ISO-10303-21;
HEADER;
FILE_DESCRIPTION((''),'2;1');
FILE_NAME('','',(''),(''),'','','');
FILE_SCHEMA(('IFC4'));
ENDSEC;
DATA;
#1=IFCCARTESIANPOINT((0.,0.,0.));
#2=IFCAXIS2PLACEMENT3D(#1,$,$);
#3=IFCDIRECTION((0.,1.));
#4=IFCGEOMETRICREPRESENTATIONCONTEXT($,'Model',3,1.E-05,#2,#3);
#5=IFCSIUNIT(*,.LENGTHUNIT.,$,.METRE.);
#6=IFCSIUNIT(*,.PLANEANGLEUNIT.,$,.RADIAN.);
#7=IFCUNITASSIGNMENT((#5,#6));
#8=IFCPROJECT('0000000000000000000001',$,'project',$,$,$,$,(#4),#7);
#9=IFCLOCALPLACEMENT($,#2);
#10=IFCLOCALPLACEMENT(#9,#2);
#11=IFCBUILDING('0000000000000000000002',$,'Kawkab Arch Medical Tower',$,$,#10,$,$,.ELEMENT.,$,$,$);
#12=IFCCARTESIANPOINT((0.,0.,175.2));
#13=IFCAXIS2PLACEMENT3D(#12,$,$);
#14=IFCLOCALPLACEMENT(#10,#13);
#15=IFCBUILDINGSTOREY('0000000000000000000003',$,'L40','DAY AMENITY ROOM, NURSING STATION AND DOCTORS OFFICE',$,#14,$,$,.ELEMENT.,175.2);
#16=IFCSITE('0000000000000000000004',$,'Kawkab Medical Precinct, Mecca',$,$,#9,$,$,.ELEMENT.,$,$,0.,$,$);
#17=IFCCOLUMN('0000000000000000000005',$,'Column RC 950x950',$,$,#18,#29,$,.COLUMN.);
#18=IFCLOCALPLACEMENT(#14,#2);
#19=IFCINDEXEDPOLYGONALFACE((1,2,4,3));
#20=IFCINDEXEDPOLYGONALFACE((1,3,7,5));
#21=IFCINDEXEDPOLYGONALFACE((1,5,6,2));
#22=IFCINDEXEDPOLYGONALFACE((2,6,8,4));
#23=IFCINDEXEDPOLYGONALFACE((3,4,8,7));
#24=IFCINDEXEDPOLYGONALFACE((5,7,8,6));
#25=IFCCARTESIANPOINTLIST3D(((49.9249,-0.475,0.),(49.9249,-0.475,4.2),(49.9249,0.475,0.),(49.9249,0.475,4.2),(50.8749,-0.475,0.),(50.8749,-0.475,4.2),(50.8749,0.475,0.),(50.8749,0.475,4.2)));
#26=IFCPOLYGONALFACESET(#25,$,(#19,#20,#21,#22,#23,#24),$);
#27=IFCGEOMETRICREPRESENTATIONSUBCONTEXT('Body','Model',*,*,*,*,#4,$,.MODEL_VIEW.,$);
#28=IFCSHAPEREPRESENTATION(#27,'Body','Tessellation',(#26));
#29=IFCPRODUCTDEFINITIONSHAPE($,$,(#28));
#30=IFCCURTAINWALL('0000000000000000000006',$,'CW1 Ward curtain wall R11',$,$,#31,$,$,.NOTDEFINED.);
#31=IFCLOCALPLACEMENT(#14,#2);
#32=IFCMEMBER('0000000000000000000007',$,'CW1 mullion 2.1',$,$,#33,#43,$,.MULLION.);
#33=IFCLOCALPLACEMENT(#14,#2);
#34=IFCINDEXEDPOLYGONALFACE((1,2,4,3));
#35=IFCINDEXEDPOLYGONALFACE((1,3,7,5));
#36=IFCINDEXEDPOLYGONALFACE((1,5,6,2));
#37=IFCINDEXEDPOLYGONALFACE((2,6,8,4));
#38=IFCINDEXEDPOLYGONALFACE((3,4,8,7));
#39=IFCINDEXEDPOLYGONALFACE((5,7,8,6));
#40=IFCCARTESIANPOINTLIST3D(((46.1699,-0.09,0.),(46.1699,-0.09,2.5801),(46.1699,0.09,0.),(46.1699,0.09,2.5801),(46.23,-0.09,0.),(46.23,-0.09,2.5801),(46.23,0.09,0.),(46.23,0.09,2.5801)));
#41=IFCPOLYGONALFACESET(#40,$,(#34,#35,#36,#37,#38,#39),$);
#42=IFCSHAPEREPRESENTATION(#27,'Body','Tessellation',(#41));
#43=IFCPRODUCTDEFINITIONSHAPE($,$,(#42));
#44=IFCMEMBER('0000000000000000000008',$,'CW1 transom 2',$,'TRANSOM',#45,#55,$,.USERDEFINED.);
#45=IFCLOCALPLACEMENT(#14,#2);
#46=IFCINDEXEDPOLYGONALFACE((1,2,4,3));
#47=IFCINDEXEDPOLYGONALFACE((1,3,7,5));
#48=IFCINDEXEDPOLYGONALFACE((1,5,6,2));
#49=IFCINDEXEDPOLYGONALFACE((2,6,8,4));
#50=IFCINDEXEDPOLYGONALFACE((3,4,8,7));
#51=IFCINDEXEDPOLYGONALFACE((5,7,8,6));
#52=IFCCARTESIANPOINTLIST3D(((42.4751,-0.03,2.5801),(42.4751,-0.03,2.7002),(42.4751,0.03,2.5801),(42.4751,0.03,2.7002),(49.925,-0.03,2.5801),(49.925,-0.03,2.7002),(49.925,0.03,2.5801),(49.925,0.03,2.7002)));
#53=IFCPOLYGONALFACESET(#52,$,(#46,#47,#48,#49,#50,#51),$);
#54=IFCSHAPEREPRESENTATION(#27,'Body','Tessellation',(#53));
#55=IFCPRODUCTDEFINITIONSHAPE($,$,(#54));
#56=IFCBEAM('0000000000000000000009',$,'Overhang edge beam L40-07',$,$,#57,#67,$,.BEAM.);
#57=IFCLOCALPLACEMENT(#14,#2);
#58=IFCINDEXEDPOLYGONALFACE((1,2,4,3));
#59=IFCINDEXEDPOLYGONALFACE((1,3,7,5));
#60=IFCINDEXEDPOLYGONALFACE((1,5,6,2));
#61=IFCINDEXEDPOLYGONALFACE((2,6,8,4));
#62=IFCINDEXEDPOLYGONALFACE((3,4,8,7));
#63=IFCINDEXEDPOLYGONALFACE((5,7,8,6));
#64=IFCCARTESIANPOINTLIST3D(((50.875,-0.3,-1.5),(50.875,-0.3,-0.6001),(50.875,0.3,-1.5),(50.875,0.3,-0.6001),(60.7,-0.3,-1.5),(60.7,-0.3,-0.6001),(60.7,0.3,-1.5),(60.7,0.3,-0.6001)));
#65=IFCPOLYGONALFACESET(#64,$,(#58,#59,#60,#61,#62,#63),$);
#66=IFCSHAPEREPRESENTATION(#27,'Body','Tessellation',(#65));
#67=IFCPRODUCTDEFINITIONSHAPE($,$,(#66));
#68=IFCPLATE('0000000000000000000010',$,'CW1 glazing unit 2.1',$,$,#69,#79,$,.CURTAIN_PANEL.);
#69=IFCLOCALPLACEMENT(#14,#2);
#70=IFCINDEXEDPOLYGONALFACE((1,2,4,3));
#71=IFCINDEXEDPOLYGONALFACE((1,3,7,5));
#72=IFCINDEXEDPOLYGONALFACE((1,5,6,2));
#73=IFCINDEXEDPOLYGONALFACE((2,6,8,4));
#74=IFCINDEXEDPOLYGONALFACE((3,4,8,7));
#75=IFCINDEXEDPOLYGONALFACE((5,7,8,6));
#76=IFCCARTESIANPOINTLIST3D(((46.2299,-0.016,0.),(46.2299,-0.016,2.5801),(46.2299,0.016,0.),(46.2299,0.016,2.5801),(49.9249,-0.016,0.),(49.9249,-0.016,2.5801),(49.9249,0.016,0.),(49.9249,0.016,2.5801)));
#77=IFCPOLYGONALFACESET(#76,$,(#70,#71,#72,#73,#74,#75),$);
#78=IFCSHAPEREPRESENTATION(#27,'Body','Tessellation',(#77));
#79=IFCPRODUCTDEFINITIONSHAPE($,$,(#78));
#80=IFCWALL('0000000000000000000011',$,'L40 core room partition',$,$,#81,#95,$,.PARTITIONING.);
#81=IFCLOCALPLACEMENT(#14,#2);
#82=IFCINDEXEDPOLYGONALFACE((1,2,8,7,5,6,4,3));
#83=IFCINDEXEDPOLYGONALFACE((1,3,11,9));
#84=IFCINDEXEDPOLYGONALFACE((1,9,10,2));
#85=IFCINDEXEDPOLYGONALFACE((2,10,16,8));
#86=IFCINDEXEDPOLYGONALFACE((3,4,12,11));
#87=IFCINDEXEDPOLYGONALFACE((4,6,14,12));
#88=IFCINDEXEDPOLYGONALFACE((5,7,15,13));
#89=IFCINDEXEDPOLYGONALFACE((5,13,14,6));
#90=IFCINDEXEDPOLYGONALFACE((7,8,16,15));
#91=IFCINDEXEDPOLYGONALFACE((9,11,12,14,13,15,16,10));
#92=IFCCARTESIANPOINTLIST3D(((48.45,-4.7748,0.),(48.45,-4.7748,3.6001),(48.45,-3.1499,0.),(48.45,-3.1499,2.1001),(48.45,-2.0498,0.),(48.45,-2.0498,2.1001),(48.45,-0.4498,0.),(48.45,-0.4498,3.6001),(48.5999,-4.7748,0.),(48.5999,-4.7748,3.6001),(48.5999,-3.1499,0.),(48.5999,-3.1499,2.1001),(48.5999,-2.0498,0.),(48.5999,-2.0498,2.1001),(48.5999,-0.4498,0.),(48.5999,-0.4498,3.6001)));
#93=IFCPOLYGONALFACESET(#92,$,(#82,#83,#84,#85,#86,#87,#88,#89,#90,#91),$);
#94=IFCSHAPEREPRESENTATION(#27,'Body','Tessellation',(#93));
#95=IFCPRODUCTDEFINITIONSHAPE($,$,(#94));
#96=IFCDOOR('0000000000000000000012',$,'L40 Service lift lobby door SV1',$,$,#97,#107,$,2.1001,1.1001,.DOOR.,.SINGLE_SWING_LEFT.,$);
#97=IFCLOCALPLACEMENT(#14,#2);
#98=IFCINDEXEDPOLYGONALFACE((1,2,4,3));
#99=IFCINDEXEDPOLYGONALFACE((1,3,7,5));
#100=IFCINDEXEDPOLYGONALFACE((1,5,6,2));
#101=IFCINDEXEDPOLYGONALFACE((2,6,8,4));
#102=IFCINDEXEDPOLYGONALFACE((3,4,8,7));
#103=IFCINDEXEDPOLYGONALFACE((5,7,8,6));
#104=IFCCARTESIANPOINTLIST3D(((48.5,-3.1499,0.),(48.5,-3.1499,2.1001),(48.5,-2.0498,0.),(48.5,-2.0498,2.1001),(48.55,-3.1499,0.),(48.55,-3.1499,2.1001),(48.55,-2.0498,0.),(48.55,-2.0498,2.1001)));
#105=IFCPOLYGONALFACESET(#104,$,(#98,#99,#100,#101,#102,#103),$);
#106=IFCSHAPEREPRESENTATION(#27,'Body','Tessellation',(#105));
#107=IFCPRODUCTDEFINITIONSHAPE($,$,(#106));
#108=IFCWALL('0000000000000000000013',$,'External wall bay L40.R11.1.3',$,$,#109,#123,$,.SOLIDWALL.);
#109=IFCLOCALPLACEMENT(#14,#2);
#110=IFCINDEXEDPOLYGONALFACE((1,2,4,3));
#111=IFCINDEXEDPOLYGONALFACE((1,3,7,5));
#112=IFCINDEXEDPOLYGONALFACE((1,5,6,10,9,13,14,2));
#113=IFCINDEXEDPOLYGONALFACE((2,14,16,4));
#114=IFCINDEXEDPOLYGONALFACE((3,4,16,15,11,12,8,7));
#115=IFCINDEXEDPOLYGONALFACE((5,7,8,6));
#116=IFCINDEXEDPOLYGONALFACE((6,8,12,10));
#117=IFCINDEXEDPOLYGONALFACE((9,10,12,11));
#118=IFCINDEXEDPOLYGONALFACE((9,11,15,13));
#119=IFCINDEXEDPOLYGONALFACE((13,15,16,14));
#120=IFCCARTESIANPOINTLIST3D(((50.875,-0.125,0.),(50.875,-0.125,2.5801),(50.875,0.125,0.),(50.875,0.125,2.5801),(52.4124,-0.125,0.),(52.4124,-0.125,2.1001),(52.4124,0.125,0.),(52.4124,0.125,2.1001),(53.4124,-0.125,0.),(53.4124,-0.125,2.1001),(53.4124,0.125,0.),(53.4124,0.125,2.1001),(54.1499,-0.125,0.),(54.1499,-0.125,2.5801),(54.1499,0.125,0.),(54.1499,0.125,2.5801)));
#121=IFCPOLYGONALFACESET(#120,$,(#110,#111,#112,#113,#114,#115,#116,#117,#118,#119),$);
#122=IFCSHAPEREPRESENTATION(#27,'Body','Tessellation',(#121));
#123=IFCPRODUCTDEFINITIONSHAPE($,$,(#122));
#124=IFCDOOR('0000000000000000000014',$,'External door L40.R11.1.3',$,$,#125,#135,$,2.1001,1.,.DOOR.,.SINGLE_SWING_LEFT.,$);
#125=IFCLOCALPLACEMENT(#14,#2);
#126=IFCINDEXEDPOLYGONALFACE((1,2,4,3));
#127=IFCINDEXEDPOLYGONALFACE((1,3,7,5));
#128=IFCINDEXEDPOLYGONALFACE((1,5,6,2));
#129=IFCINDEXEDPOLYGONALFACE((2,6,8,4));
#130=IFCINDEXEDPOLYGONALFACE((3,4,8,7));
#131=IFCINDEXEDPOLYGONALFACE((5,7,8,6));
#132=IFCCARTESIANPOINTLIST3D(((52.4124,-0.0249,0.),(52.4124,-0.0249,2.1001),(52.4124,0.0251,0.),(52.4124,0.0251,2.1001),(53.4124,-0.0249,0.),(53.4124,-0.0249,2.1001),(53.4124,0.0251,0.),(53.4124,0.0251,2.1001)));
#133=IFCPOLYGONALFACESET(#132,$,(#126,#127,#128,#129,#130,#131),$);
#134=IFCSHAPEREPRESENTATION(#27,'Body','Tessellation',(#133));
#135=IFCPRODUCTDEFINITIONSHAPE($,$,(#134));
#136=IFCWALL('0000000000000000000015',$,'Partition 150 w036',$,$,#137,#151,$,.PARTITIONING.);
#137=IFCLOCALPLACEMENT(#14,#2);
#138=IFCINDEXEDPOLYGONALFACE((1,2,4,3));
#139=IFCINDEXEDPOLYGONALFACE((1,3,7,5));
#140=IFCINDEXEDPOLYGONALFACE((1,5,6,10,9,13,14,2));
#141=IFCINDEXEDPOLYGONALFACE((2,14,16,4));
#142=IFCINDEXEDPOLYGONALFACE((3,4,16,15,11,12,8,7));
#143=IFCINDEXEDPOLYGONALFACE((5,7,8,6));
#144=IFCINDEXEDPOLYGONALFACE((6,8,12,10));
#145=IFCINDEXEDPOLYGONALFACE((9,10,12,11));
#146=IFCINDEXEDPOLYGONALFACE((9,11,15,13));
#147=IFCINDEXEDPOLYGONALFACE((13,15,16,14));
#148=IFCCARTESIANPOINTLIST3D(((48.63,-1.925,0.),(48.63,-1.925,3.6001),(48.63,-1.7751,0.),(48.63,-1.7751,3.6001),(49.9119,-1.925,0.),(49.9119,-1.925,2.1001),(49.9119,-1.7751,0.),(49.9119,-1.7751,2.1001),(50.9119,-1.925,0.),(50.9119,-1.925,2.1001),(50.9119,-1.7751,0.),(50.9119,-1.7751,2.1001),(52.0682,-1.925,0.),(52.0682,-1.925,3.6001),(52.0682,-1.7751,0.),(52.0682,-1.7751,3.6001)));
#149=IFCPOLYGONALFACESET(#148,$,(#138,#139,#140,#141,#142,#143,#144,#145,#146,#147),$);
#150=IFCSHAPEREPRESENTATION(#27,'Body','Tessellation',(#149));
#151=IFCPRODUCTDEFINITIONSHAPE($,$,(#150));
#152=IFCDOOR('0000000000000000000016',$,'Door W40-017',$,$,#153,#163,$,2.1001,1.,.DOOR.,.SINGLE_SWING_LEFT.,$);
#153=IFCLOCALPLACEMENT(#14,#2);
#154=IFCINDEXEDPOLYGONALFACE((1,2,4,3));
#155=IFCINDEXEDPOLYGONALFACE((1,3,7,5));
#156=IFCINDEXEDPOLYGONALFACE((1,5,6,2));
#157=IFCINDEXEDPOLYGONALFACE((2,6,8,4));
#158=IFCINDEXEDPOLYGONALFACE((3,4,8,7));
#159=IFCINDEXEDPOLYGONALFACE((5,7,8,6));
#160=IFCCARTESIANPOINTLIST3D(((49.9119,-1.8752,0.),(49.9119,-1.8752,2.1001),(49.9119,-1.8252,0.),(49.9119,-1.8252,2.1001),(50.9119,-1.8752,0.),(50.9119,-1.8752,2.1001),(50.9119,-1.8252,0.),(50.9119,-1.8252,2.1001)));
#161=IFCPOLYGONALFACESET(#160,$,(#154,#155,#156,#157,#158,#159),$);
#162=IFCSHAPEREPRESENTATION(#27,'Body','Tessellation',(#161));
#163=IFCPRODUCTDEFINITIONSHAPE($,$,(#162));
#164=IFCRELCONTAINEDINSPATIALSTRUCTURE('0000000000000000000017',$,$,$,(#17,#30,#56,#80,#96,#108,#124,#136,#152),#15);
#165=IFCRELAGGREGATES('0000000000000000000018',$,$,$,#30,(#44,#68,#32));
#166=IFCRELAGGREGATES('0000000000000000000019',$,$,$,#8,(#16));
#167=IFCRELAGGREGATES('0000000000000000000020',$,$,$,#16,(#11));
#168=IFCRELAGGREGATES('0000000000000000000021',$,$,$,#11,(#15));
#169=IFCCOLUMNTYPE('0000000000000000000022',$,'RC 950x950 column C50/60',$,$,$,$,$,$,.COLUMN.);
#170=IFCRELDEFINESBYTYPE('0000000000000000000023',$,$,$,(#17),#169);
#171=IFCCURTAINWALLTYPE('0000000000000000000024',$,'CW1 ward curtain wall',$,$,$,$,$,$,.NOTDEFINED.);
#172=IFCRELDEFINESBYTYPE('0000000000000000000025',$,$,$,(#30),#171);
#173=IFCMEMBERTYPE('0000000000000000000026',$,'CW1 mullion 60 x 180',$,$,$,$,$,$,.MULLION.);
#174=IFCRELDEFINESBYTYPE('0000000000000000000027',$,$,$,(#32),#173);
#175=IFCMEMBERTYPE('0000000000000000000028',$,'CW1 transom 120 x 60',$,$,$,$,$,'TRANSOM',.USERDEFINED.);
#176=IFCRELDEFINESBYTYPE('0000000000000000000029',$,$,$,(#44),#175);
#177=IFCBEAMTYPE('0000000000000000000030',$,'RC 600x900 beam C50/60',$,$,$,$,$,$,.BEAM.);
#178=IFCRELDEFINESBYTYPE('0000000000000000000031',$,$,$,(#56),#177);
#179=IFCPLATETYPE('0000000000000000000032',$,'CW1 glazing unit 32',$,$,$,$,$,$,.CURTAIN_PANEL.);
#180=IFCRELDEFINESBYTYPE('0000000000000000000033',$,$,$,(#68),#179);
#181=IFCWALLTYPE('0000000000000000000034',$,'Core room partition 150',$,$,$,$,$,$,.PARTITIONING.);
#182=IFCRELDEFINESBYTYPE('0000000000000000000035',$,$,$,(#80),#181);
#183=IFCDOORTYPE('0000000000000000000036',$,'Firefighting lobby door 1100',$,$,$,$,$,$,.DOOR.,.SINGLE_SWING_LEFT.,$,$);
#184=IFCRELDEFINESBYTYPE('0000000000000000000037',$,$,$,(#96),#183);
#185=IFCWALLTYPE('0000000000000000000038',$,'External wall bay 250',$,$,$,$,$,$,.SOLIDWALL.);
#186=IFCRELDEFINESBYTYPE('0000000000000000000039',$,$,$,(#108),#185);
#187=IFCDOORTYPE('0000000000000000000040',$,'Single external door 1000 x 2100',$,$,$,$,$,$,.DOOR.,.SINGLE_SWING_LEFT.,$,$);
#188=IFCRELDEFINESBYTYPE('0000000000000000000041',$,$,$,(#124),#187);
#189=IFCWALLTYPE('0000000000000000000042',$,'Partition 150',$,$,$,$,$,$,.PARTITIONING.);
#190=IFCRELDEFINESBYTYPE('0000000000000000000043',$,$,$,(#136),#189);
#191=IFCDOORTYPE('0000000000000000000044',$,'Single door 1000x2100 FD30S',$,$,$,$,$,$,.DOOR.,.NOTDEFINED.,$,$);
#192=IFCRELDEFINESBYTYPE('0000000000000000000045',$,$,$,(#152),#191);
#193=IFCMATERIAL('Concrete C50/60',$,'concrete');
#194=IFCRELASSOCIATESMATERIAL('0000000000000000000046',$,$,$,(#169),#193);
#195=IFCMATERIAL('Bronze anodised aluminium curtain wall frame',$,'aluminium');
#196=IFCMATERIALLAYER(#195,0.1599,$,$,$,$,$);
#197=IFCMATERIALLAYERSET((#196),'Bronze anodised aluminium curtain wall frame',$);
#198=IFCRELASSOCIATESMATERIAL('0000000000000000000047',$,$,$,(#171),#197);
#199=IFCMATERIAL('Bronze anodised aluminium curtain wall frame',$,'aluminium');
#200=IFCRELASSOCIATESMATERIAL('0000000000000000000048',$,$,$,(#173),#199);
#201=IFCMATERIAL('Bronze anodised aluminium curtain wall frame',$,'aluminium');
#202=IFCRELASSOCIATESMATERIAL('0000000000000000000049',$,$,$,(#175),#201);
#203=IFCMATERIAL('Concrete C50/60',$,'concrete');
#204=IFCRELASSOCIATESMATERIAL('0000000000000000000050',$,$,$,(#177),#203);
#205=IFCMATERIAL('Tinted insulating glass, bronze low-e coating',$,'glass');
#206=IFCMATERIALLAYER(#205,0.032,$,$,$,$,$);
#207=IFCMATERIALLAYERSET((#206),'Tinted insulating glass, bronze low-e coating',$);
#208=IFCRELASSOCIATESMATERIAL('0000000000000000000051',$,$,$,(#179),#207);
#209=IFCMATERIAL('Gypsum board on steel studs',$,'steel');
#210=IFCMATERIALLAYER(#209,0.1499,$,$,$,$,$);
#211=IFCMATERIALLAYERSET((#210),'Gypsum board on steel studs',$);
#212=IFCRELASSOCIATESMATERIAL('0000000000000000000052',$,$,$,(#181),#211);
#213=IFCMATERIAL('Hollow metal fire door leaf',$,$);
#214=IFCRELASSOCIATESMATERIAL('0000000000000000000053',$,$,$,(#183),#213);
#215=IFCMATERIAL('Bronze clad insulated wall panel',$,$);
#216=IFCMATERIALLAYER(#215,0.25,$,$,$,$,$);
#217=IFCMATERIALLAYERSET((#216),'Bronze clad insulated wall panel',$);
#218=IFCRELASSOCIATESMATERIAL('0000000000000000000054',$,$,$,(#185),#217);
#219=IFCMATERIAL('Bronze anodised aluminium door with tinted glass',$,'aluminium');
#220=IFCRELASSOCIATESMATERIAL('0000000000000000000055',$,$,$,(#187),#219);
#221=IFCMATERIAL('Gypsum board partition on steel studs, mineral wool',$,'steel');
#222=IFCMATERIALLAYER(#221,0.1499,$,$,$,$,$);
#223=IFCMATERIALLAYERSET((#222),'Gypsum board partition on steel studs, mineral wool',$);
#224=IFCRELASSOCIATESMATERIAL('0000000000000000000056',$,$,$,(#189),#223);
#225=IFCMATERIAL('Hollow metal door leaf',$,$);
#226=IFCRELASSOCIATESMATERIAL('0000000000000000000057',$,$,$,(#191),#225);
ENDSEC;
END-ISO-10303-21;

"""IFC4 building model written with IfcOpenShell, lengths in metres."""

from ifc_helpers import new_model, si_unit, direction, frame, frame_2d, origin, origin_2d, place, context, subcontext, project, spatial, rectangle, extrude, material, layer, layer_set, material_profile, profile_set, type_object, element, fill, aggregate, save


model = new_model("IFC4")

# Units and contexts
model_context = context("Model", 3, precision=1e-05, world=origin(), true_north=direction((0.0, 1.0)))
body_context = subcontext(model_context, "Body", "Model", "MODEL_VIEW")
ifc_project = project(units=[si_unit("LENGTHUNIT", "METRE"), si_unit("PLANEANGLEUNIT", "RADIAN")], contexts=[model_context])

# Site, building, storey
site_placement = place(None, origin())
site = spatial("IfcSite", under=ifc_project, at=site_placement, Name="Kawkab Medical Precinct, Mecca", CompositionType="ELEMENT", RefElevation=0.0)
building_placement = place(site_placement, origin())
building = spatial("IfcBuilding", under=site, at=building_placement, Name="Kawkab Arch Medical Tower", CompositionType="ELEMENT")
storey_placement = place(building_placement, frame((0.0, 0.0, 175.2)))
storey = spatial("IfcBuildingStorey", under=building, at=storey_placement, Name="L40", Description="DAY AMENITY ROOM, NURSING STATION AND DOCTORS OFFICE", CompositionType="ELEMENT", Elevation=175.2)

# Column
ifc_material_1 = material(Name="Concrete C50/60", Category="concrete")
ifc_material_profile_1 = material_profile(ifc_material_1, rectangle(XDim=0.95, YDim=0.95, at=origin_2d()), Name="RC 950x950")
ifc_profile_set_1 = profile_set([ifc_material_profile_1], Name="Concrete C50/60")
column_type = type_object("IfcColumnType", Name="RC 950x950 column C50/60", PredefinedType="COLUMN", material=ifc_profile_set_1)
column_placement = place(storey_placement, frame((50.3999, 0.0, 0.0), z_axis=(0.0, 0.0, 1.0), x_axis=(1.0, 0.0, 0.0)))
element("IfcColumn", 1, at=column_placement, inside=storey, type_object=column_type, Name="Column RC 950x950", PredefinedType="COLUMN", context=body_context, shape_type="SweptSolid", body=[
    extrude(rectangle(XDim=0.95, YDim=0.95, at=origin_2d()), origin(), (0.0, 0.0, 1.0), 4.2),
])

# Curtain wall, members
ifc_material_2 = material(Name="Bronze anodised aluminium curtain wall frame", Category="aluminium")
ifc_layer_1 = layer(ifc_material_2, 0.1599)
ifc_layer_set_1 = layer_set([ifc_layer_1], Name="Bronze anodised aluminium curtain wall frame")
curtain_wall_type = type_object("IfcCurtainWallType", Name="CW1 ward curtain wall", PredefinedType="NOTDEFINED", material=ifc_layer_set_1)
curtain_wall_placement = place(storey_placement, origin())
curtain_wall = element("IfcCurtainWall", 2, at=curtain_wall_placement, inside=storey, type_object=curtain_wall_type, Name="CW1 Ward curtain wall R11", PredefinedType="NOTDEFINED")
ifc_material_3 = material(Name="Bronze anodised aluminium curtain wall frame", Category="aluminium")
ifc_material_profile_2 = material_profile(ifc_material_3, rectangle(XDim=0.1799, YDim=0.0601, at=origin_2d()), Name="AL 60x180")
ifc_profile_set_2 = profile_set([ifc_material_profile_2], Name="Bronze anodised aluminium curtain wall frame")
member_type_1 = type_object("IfcMemberType", Name="CW1 mullion 60 x 180", PredefinedType="MULLION", material=ifc_profile_set_2)
member_1_placement = place(storey_placement, frame((46.2, 0.0, 0.0), z_axis=(0.0, 0.0, 1.0), x_axis=(0.0, -1.0, 0.0)))
member_1 = element("IfcMember", 3, at=member_1_placement, type_object=member_type_1, Name="CW1 mullion 2.1", PredefinedType="MULLION", context=body_context, shape_type="SweptSolid", body=[
    extrude(rectangle(XDim=0.1799, YDim=0.0601, at=origin_2d()), origin(), (0.0, 0.0, 1.0), 2.5801),
])
ifc_material_4 = material(Name="Bronze anodised aluminium curtain wall frame", Category="aluminium")
ifc_material_profile_3 = material_profile(ifc_material_4, rectangle(XDim=0.0601, YDim=0.1201, at=origin_2d()), Name="AL 60x120")
ifc_profile_set_3 = profile_set([ifc_material_profile_3], Name="Bronze anodised aluminium curtain wall frame")
member_type_2 = type_object("IfcMemberType", Name="CW1 transom 120 x 60", ElementType="TRANSOM", PredefinedType="USERDEFINED", material=ifc_profile_set_3)
member_2_placement = place(storey_placement, frame((49.925, 0.0, 2.6401), z_axis=(-1.0, 0.0, 0.0), x_axis=(0.0, -1.0, 0.0)))
member_2 = element("IfcMember", 4, at=member_2_placement, type_object=member_type_2, Name="CW1 transom 2", ObjectType="TRANSOM", PredefinedType="USERDEFINED", context=body_context, shape_type="SweptSolid", body=[
    extrude(rectangle(XDim=0.0601, YDim=0.1201, at=origin_2d()), origin(), (0.0, 0.0, 1.0), 7.45),
])

# Beam
ifc_material_5 = material(Name="Concrete C50/60", Category="concrete")
ifc_material_profile_4 = material_profile(ifc_material_5, rectangle(XDim=0.6001, YDim=0.8999, at=origin_2d()), Name="RC 600x900")
ifc_profile_set_4 = profile_set([ifc_material_profile_4], Name="Concrete C50/60")
beam_type = type_object("IfcBeamType", Name="RC 600x900 beam C50/60", PredefinedType="BEAM", material=ifc_profile_set_4)
beam_placement = place(storey_placement, frame((50.875, 0.0, -1.05), z_axis=(1.0, 0.0, 0.0), x_axis=(0.0, 1.0, 0.0)))
element("IfcBeam", 5, at=beam_placement, inside=storey, type_object=beam_type, Name="Overhang edge beam L40-07", PredefinedType="BEAM", context=body_context, shape_type="SweptSolid", body=[
    extrude(rectangle(XDim=0.6001, YDim=0.8999, at=origin_2d()), origin(), (0.0, 0.0, 1.0), 9.825),
])

# Plate
ifc_material_6 = material(Name="Tinted insulating glass, bronze low-e coating", Category="glass")
ifc_layer_2 = layer(ifc_material_6, 0.032)
ifc_layer_set_2 = layer_set([ifc_layer_2], Name="Tinted insulating glass, bronze low-e coating")
plate_type = type_object("IfcPlateType", Name="CW1 glazing unit 32", PredefinedType="CURTAIN_PANEL", material=ifc_layer_set_2)
plate_placement = place(storey_placement, frame((48.0774, 0.0, 0.0), z_axis=(0.0, 0.0, 1.0), x_axis=(-1.0, 0.0, 0.0)))
plate = element("IfcPlate", 6, at=plate_placement, type_object=plate_type, Name="CW1 glazing unit 2.1", PredefinedType="CURTAIN_PANEL", context=body_context, shape_type="SweptSolid", body=[
    extrude(rectangle(XDim=3.6951, YDim=0.032, at=origin_2d()), origin(), (0.0, 0.0, 1.0), 2.5801),
])
aggregate(curtain_wall, [member_2, plate, member_1])

# Walls, openings, doors
ifc_material_7 = material(Name="Gypsum board on steel studs", Category="steel")
ifc_layer_3 = layer(ifc_material_7, 0.1499)
ifc_layer_set_3 = layer_set([ifc_layer_3], Name="Gypsum board on steel studs")
wall_type_1 = type_object("IfcWallType", Name="Core room partition 150", PredefinedType="PARTITIONING", material=ifc_layer_set_3)
wall_1_placement = place(storey_placement, frame((48.5249, -4.7749, 0.0), z_axis=(0.0, 0.0, 1.0), x_axis=(0.0, 1.0, 0.0)))
wall_1 = element("IfcWall", 7, at=wall_1_placement, inside=storey, type_object=wall_type_1, Name="L40 core room partition", PredefinedType="PARTITIONING", context=body_context, shape_type="SweptSolid", body=[
    extrude(rectangle(XDim=4.325, YDim=0.1499, at=frame_2d((2.1626, 0.0))), origin(), (0.0, 0.0, 1.0), 3.6001),
])
opening_1_placement = place(wall_1_placement, frame((1.625, 0.0, 0.0)))
opening_1 = element("IfcOpeningElement", 8, at=opening_1_placement, cuts=wall_1, PredefinedType="OPENING", context=body_context, shape_type="SweptSolid", body=[
    extrude(rectangle(XDim=1.1001, YDim=2.1001, at=frame_2d((0.55, 1.05))), frame((0.0, 0.085, 0.0), z_axis=(0.0, -1.0, 0.0), x_axis=(1.0, 0.0, 0.0)), (0.0, 0.0, 1.0), 0.1699),
])
ifc_material_8 = material(Name="Hollow metal fire door leaf")
door_type_1 = type_object("IfcDoorType", Name="Firefighting lobby door 1100", OperationType="SINGLE_SWING_LEFT", PredefinedType="DOOR", material=ifc_material_8)
door_1_placement = place(opening_1_placement, origin())
door_1 = element("IfcDoor", 9, at=door_1_placement, inside=storey, type_object=door_type_1, Name="L40 Service lift lobby door SV1", OperationType="SINGLE_SWING_LEFT", OverallHeight=2.1001, OverallWidth=1.1001, PredefinedType="DOOR", context=body_context, shape_type="SweptSolid", body=[
    extrude(rectangle(XDim=1.1001, YDim=2.1001, at=frame_2d((0.55, 1.05))), frame((0.0, 0.0249, 0.0), z_axis=(0.0, -1.0, 0.0), x_axis=(1.0, 0.0, 0.0)), (0.0, 0.0, 1.0), 0.05),
])
fill(opening_1, door_1)
ifc_material_9 = material(Name="Bronze clad insulated wall panel")
ifc_layer_4 = layer(ifc_material_9, 0.25)
ifc_layer_set_4 = layer_set([ifc_layer_4], Name="Bronze clad insulated wall panel")
wall_type_2 = type_object("IfcWallType", Name="External wall bay 250", PredefinedType="SOLIDWALL", material=ifc_layer_set_4)
wall_2_placement = place(storey_placement, frame((54.1499, 0.0, 0.0), z_axis=(0.0, 0.0, 1.0), x_axis=(-1.0, 0.0, 0.0)))
wall_2 = element("IfcWall", 10, at=wall_2_placement, inside=storey, type_object=wall_type_2, Name="External wall bay L40.R11.1.3", PredefinedType="SOLIDWALL", context=body_context, shape_type="SweptSolid", body=[
    extrude(rectangle(XDim=3.2749, YDim=0.25, at=frame_2d((1.6375, 0.0))), origin(), (0.0, 0.0, 1.0), 2.5801),
])
opening_2_placement = place(wall_2_placement, frame((0.7375, 0.0, 0.0)))
opening_2 = element("IfcOpeningElement", 11, at=opening_2_placement, cuts=wall_2, PredefinedType="OPENING", context=body_context, shape_type="SweptSolid", body=[
    extrude(rectangle(XDim=1.0, YDim=2.1001, at=frame_2d((0.5, 1.05))), frame((0.0, 0.135, 0.0), z_axis=(0.0, -1.0, 0.0), x_axis=(1.0, 0.0, 0.0)), (0.0, 0.0, 1.0), 0.27),
])
ifc_material_10 = material(Name="Bronze anodised aluminium door with tinted glass", Category="aluminium")
door_type_2 = type_object("IfcDoorType", Name="Single external door 1000 x 2100", OperationType="SINGLE_SWING_LEFT", PredefinedType="DOOR", material=ifc_material_10)
door_2_placement = place(opening_2_placement, origin())
door_2 = element("IfcDoor", 12, at=door_2_placement, inside=storey, type_object=door_type_2, Name="External door L40.R11.1.3", OperationType="SINGLE_SWING_LEFT", OverallHeight=2.1001, OverallWidth=1.0, PredefinedType="DOOR", context=body_context, shape_type="SweptSolid", body=[
    extrude(rectangle(XDim=1.0, YDim=2.1001, at=frame_2d((0.5, 1.05))), frame((0.0, 0.0249, 0.0), z_axis=(0.0, -1.0, 0.0), x_axis=(1.0, 0.0, 0.0)), (0.0, 0.0, 1.0), 0.05),
])
fill(opening_2, door_2)
ifc_material_11 = material(Name="Gypsum board partition on steel studs, mineral wool", Category="steel")
ifc_layer_5 = layer(ifc_material_11, 0.1499)
ifc_layer_set_5 = layer_set([ifc_layer_5], Name="Gypsum board partition on steel studs, mineral wool")
wall_type_3 = type_object("IfcWallType", Name="Partition 150", PredefinedType="PARTITIONING", material=ifc_layer_set_5)
wall_3_placement = place(storey_placement, frame((48.6299, -1.8501, 0.0), z_axis=(0.0, 0.0, 1.0), x_axis=(1.0, 0.0, 0.0)))
wall_3 = element("IfcWall", 13, at=wall_3_placement, inside=storey, type_object=wall_type_3, Name="Partition 150 w036", PredefinedType="PARTITIONING", context=body_context, shape_type="SweptSolid", body=[
    extrude(rectangle(XDim=3.4382, YDim=0.1499, at=frame_2d((1.7192, 0.0))), origin(), (0.0, 0.0, 1.0), 3.6001),
])
opening_3_placement = place(wall_3_placement, frame((1.282, 0.0, 0.0)))
opening_3 = element("IfcOpeningElement", 14, at=opening_3_placement, cuts=wall_3, PredefinedType="OPENING", context=body_context, shape_type="SweptSolid", body=[
    extrude(rectangle(XDim=1.0, YDim=2.1001, at=frame_2d((0.5, 1.05))), frame((0.0, 0.085, 0.0), z_axis=(0.0, -1.0, 0.0), x_axis=(1.0, 0.0, 0.0)), (0.0, 0.0, 1.0), 0.1699),
])
ifc_material_12 = material(Name="Hollow metal door leaf")
door_type_3 = type_object("IfcDoorType", Name="Single door 1000x2100 FD30S", OperationType="NOTDEFINED", PredefinedType="DOOR", material=ifc_material_12)
door_3_placement = place(opening_3_placement, origin())
door_3 = element("IfcDoor", 15, at=door_3_placement, inside=storey, type_object=door_type_3, Name="Door W40-017", OperationType="SINGLE_SWING_LEFT", OverallHeight=2.1001, OverallWidth=1.0, PredefinedType="DOOR", context=body_context, shape_type="SweptSolid", body=[
    extrude(rectangle(XDim=1.0, YDim=2.1001, at=frame_2d((0.5, 1.05))), frame((0.0, 0.0249, 0.0), z_axis=(0.0, -1.0, 0.0), x_axis=(1.0, 0.0, 0.0)), (0.0, 0.0, 1.0), 0.05),
])
fill(opening_3, door_3)

save(model, "model.ifc")
